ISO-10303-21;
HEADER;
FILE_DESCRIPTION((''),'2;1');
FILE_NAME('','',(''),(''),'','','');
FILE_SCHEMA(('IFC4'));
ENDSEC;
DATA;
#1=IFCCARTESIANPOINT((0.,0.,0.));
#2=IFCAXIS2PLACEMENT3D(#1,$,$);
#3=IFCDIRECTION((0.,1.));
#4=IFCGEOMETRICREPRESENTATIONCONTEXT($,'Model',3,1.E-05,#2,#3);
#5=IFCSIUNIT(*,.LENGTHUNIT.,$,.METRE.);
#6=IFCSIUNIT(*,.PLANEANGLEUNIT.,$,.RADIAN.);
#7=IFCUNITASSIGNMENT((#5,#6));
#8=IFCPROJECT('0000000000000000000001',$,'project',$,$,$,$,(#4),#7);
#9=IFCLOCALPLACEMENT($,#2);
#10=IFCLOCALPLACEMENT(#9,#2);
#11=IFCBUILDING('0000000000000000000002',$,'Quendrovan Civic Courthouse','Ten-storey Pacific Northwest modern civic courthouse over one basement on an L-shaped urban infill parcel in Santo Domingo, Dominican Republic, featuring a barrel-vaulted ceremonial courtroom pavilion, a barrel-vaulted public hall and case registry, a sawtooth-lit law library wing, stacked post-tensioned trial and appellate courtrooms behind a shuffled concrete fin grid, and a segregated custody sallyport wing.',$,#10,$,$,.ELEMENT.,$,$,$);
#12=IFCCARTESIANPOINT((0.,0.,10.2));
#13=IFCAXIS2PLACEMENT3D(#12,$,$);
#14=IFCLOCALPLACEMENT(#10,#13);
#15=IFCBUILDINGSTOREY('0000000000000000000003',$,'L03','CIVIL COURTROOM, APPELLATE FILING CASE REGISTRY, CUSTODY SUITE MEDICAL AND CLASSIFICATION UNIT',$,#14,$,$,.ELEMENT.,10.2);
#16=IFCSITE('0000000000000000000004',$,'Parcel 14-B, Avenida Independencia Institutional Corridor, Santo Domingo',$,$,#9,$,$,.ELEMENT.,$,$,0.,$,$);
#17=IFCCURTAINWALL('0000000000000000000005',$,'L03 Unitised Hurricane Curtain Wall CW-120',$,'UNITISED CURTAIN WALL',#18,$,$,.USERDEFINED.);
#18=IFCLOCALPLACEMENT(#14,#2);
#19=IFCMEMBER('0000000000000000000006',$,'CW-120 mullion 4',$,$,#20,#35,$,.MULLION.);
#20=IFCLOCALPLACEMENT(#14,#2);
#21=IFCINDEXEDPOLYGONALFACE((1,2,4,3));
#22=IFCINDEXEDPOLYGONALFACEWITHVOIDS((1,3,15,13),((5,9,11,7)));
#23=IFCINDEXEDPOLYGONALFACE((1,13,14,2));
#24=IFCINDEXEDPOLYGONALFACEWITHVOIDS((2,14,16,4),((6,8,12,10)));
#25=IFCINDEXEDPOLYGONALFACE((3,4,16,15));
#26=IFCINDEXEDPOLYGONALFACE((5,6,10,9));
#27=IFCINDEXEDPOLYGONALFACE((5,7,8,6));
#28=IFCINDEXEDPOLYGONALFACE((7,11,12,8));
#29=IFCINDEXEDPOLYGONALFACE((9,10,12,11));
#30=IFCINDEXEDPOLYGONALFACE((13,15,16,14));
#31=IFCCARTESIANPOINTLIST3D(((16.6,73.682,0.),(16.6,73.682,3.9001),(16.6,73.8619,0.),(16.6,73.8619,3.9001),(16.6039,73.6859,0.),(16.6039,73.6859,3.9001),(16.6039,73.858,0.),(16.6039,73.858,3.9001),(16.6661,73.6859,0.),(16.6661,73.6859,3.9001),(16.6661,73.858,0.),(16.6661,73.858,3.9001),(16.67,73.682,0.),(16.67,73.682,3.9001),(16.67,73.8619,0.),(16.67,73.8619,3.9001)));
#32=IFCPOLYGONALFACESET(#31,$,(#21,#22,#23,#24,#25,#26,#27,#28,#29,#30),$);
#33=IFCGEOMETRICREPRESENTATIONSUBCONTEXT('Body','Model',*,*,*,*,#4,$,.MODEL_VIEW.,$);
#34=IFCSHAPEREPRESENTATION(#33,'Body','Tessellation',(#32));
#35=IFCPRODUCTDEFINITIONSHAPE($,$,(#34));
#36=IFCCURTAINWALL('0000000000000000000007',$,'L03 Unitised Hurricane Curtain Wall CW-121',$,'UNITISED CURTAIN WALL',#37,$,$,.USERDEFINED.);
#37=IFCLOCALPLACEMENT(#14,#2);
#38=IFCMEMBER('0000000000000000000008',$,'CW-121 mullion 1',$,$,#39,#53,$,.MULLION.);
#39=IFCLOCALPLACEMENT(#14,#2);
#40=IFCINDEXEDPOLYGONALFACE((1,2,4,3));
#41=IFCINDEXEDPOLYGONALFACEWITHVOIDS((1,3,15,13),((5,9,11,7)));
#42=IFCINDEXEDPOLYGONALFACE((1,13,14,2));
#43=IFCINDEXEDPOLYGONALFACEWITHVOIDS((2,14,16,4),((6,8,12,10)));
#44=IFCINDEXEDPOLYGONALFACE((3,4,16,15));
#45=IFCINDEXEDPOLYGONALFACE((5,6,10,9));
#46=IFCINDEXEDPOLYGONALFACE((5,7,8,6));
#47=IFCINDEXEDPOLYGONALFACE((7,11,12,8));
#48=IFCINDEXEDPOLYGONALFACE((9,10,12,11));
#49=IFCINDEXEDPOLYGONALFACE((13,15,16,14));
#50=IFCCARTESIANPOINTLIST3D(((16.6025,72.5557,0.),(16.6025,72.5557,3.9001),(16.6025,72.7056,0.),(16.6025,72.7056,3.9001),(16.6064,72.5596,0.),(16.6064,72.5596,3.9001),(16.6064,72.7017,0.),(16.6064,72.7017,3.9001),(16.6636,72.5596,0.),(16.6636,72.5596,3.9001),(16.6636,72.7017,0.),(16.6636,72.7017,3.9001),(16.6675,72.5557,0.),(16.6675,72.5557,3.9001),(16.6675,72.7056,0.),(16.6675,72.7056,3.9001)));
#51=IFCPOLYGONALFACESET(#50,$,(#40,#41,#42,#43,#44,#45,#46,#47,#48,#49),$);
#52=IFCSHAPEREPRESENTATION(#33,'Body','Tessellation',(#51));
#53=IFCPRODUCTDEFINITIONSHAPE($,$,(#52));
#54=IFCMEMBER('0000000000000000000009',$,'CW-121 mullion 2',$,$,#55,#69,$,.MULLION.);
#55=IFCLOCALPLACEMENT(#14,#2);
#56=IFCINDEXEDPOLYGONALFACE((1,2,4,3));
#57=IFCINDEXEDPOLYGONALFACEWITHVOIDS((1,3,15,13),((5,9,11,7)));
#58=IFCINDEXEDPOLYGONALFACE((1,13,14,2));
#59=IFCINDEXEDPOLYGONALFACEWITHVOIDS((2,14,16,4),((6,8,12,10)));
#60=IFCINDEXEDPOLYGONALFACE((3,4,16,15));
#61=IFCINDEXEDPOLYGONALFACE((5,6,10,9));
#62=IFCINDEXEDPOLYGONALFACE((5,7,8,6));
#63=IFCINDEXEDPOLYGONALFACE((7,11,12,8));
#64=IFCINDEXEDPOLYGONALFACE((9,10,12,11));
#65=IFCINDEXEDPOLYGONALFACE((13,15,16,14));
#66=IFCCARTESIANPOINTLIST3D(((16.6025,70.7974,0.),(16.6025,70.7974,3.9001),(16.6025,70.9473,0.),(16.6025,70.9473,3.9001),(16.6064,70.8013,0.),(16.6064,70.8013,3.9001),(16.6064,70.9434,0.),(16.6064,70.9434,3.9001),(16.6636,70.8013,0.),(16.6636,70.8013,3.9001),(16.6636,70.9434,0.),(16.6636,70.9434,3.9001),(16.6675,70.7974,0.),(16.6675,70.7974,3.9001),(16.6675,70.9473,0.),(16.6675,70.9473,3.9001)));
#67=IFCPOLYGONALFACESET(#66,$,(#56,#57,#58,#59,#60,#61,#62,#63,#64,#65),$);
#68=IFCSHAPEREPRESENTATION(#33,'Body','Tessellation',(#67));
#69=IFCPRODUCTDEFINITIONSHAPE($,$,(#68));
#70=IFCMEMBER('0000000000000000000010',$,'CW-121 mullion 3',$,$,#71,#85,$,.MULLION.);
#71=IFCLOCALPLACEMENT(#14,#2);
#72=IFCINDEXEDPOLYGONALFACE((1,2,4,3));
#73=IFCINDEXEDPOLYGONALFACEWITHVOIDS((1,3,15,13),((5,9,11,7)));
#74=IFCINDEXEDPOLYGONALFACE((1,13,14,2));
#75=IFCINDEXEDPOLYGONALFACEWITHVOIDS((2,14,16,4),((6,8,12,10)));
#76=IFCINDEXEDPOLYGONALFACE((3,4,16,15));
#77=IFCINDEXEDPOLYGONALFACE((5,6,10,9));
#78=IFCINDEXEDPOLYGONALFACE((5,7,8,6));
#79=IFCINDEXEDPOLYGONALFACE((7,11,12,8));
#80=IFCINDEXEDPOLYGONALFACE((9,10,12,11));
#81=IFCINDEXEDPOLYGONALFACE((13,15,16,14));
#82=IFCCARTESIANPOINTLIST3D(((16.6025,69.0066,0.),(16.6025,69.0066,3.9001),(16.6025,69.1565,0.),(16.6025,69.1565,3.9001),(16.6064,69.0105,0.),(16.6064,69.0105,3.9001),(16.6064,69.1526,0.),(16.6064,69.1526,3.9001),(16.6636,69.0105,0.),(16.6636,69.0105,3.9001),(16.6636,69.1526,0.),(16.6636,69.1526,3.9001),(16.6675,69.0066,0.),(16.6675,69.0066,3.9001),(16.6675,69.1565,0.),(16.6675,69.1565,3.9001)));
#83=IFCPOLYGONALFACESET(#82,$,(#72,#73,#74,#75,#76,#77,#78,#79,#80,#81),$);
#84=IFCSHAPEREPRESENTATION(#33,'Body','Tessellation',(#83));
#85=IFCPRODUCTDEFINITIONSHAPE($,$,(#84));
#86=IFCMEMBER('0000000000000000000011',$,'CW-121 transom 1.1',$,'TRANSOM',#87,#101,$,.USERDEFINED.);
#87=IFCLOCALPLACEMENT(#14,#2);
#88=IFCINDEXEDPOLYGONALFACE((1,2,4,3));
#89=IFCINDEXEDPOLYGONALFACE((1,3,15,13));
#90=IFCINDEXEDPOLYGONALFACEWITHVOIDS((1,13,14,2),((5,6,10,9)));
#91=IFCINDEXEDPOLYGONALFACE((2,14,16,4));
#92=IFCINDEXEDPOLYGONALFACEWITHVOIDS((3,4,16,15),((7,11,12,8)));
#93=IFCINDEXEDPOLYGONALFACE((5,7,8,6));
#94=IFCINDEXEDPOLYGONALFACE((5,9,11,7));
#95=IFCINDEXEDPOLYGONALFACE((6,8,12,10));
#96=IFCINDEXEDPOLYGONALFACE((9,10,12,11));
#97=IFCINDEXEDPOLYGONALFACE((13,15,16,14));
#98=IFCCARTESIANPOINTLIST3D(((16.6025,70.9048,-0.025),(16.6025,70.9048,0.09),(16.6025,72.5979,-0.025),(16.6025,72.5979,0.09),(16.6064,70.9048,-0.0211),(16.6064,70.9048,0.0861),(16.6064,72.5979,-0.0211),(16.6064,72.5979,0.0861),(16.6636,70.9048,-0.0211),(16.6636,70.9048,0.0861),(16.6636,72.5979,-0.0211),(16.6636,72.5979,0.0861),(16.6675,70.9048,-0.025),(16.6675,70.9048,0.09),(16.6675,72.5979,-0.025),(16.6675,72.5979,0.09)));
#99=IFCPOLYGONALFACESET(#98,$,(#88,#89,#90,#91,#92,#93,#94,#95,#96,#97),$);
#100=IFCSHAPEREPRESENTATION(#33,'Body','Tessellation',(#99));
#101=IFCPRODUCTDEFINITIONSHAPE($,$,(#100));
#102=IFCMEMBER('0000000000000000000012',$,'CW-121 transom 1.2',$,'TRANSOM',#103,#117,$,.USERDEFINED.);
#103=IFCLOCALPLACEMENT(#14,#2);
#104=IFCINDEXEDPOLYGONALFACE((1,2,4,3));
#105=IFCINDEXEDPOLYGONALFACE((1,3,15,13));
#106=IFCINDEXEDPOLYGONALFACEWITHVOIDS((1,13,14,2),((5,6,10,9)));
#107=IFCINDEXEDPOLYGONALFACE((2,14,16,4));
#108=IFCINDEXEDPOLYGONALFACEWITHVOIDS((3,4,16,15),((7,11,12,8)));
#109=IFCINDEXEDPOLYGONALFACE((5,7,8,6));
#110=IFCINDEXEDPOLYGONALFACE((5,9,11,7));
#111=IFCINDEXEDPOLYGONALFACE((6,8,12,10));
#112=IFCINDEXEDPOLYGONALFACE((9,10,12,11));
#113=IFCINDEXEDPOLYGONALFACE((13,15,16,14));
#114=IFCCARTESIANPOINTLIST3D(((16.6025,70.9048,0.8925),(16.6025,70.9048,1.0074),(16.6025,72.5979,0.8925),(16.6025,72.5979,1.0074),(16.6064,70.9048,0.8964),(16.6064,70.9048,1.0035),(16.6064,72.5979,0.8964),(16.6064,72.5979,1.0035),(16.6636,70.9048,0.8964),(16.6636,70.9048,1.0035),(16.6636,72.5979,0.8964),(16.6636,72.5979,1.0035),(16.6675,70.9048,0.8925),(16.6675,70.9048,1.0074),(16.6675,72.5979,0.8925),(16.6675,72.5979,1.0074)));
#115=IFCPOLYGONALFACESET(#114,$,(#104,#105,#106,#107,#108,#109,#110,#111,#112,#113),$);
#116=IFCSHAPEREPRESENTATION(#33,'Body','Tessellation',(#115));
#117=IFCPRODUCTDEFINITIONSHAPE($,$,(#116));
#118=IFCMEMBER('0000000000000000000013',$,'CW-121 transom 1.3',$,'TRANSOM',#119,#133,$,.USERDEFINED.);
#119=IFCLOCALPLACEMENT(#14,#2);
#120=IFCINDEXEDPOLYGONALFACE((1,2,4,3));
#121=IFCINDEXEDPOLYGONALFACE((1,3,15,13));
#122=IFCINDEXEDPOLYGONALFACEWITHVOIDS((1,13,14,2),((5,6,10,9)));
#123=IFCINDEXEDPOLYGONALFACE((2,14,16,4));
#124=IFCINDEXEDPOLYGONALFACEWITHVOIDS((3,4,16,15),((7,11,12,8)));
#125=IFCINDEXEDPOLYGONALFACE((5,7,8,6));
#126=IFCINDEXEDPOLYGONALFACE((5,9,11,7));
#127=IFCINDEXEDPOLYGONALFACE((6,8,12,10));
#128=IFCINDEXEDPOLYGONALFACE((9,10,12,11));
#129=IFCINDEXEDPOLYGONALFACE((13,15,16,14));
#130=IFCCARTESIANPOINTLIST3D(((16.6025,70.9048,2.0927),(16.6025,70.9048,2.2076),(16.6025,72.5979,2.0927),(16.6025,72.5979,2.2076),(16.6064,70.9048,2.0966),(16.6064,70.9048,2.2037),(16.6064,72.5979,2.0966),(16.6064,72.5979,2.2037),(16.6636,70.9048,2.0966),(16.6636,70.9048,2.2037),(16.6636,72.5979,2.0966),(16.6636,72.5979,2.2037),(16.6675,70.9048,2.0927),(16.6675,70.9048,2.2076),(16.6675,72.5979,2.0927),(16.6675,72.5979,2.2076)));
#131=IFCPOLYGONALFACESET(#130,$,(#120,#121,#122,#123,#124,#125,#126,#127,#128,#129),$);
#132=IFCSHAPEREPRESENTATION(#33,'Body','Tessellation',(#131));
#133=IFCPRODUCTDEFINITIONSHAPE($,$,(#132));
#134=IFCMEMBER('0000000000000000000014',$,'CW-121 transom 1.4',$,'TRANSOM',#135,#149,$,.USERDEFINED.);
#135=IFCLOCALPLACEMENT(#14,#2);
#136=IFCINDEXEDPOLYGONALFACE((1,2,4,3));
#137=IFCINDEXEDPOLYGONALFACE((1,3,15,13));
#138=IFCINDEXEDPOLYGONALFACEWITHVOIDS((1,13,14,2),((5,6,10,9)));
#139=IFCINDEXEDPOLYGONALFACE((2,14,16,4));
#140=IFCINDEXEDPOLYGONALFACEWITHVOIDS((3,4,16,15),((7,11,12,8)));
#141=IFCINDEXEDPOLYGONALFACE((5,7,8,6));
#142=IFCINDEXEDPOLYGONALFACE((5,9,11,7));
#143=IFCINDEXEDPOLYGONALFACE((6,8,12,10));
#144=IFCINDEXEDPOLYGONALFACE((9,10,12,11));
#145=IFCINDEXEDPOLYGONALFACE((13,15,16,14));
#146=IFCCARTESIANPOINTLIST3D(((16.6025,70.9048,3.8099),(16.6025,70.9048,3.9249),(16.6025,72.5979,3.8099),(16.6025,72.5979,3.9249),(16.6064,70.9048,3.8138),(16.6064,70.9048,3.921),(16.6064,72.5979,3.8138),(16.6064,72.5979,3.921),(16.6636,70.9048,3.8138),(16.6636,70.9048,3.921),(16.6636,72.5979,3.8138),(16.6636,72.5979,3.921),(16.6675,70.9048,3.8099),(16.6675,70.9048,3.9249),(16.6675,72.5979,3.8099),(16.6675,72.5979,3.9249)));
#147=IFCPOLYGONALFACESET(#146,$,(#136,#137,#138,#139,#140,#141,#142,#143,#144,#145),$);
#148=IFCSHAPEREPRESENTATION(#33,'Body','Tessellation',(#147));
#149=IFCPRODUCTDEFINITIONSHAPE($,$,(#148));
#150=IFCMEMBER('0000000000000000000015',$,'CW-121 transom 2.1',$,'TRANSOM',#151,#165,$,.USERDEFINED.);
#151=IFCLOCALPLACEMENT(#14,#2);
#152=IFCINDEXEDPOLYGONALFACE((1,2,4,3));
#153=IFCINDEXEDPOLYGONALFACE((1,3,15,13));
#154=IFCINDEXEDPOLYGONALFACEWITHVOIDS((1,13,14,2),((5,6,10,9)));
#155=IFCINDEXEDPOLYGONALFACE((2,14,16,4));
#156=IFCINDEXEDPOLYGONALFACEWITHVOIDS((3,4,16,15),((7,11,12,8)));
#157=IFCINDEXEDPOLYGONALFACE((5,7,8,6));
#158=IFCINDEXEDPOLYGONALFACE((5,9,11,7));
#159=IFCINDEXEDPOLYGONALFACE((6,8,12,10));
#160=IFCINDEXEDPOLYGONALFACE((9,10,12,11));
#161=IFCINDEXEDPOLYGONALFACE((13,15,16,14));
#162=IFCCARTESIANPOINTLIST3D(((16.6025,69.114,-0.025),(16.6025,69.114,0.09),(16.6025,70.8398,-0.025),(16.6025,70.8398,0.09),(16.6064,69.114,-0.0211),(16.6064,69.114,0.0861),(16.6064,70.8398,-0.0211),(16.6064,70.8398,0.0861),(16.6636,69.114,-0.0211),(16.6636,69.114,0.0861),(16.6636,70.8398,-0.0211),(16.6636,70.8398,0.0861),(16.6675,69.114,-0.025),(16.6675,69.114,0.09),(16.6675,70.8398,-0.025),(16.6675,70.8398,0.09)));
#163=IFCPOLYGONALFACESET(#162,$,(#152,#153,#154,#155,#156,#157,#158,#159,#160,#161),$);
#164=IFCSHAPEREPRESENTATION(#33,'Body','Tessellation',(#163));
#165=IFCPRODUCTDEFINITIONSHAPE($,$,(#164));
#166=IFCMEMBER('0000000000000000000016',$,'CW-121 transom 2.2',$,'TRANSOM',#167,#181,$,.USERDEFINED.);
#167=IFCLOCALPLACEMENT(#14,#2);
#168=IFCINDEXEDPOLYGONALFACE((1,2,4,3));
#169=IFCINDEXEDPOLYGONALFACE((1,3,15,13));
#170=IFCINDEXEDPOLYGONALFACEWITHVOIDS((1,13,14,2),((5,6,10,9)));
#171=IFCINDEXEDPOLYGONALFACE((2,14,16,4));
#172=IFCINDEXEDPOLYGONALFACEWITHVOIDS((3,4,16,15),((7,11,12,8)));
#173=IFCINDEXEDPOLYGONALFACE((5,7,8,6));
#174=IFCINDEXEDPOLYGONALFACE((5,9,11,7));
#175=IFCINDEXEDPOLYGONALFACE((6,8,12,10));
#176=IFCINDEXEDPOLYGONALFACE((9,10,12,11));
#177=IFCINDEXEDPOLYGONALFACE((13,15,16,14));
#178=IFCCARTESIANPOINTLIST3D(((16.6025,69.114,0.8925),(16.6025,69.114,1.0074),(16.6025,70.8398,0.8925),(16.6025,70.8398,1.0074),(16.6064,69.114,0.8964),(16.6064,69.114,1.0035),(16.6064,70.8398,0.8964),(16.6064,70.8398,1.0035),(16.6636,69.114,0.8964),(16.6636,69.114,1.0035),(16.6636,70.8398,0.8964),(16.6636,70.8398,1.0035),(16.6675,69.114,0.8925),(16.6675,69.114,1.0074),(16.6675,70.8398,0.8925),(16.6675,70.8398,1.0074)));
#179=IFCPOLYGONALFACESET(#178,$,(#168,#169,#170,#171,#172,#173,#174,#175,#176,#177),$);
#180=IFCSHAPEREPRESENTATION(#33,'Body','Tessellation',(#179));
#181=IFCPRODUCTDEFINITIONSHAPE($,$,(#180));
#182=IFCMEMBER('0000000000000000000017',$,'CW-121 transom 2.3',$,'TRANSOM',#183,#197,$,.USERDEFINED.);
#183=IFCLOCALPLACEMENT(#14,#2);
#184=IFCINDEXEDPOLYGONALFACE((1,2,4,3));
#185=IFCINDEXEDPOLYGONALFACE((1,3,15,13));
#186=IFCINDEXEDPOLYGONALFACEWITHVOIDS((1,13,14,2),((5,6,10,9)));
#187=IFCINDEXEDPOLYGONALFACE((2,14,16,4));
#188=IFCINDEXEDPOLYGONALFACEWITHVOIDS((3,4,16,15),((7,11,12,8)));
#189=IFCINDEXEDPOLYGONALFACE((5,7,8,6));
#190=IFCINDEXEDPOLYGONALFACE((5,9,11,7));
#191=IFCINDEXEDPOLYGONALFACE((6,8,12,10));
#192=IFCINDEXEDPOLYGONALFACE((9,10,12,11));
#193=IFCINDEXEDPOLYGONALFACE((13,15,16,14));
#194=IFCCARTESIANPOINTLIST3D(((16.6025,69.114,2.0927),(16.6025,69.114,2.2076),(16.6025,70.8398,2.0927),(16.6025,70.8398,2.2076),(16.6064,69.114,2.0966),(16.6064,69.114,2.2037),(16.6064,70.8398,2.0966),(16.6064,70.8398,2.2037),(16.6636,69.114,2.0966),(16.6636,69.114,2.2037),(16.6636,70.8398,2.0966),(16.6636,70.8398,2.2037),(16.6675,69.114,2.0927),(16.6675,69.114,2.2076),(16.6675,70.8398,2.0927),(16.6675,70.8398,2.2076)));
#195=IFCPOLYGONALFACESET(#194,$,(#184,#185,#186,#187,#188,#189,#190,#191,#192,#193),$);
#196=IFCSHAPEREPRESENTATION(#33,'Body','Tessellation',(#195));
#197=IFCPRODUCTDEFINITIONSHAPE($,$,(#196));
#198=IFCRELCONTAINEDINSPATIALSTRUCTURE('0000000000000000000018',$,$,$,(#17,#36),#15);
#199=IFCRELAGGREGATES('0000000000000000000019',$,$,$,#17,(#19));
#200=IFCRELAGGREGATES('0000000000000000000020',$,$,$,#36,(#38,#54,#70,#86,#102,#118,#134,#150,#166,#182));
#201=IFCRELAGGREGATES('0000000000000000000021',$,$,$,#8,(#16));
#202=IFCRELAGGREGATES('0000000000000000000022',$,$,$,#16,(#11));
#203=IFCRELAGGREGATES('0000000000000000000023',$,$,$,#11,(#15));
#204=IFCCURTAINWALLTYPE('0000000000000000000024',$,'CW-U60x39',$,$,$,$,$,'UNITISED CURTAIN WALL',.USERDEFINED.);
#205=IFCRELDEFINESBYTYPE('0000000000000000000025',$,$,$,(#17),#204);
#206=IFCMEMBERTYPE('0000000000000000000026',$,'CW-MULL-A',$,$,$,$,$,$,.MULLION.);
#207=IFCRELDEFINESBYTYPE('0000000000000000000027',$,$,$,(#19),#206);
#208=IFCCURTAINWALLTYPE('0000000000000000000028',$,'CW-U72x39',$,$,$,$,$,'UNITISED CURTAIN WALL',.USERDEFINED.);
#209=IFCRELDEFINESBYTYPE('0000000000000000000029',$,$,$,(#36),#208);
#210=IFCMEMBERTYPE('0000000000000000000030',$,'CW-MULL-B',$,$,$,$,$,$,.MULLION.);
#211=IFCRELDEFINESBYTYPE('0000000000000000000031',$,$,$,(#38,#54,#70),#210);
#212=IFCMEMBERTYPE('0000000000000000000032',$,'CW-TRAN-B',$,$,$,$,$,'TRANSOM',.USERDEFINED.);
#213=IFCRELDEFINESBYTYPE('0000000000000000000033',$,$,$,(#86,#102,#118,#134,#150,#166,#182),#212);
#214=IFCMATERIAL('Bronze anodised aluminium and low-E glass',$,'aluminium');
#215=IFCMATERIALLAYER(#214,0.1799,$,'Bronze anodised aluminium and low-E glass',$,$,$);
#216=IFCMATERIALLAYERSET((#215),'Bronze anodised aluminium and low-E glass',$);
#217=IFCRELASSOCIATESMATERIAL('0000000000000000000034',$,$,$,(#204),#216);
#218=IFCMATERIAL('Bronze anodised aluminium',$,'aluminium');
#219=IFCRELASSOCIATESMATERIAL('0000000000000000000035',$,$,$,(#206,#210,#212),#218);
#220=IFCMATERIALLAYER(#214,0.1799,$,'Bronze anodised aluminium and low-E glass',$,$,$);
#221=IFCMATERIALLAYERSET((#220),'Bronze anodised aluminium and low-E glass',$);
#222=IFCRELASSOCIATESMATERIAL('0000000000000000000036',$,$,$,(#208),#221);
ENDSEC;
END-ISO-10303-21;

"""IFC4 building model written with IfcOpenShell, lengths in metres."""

from ifc_helpers import new_model, si_unit, direction, frame, origin, origin_2d, place, context, subcontext, project, spatial, hollow_rectangle, extrude, material, layer, layer_set, material_profile, profile_set, type_object, element, aggregate, save


model = new_model("IFC4")

# Units and contexts
model_context = context("Model", 3, precision=1e-05, world=origin(), true_north=direction((0.0, 1.0)))
body_context = subcontext(model_context, "Body", "Model", "MODEL_VIEW")
ifc_project = project(units=[si_unit("LENGTHUNIT", "METRE"), si_unit("PLANEANGLEUNIT", "RADIAN")], contexts=[model_context])

# Site, building, storey
site_placement = place(None, origin())
site = spatial("IfcSite", under=ifc_project, at=site_placement, Name="Parcel 14-B, Avenida Independencia Institutional Corridor, Santo Domingo", CompositionType="ELEMENT", RefElevation=0.0)
building_placement = place(site_placement, origin())
building = spatial("IfcBuilding", under=site, at=building_placement, Name="Quendrovan Civic Courthouse", Description="Ten-storey Pacific Northwest modern civic courthouse over one basement on an L-shaped urban infill parcel in Santo Domingo, Dominican Republic, featuring a barrel-vaulted ceremonial courtroom pavilion, a barrel-vaulted public hall and case registry, a sawtooth-lit law library wing, stacked post-tensioned trial and appellate courtrooms behind a shuffled concrete fin grid, and a segregated custody sallyport wing.", CompositionType="ELEMENT")
storey_placement = place(building_placement, frame((0.0, 0.0, 10.2)))
storey = spatial("IfcBuildingStorey", under=building, at=storey_placement, Name="L03", Description="CIVIL COURTROOM, APPELLATE FILING CASE REGISTRY, CUSTODY SUITE MEDICAL AND CLASSIFICATION UNIT", CompositionType="ELEMENT", Elevation=10.2)

# Curtain wall, member
ifc_material_1 = material(Name="Bronze anodised aluminium and low-E glass", Category="aluminium")
ifc_layer_1 = layer(ifc_material_1, 0.1799, Name="Bronze anodised aluminium and low-E glass")
ifc_layer_set_1 = layer_set([ifc_layer_1], Name="Bronze anodised aluminium and low-E glass")
curtain_wall_type_1 = type_object("IfcCurtainWallType", Name="CW-U60x39", ElementType="UNITISED CURTAIN WALL", PredefinedType="USERDEFINED", material=ifc_layer_set_1)
curtain_wall_1_placement = place(storey_placement, origin())
curtain_wall_1 = element("IfcCurtainWall", 1, at=curtain_wall_1_placement, inside=storey, type_object=curtain_wall_type_1, Name="L03 Unitised Hurricane Curtain Wall CW-120", ObjectType="UNITISED CURTAIN WALL", PredefinedType="USERDEFINED")
ifc_material_2 = material(Name="Bronze anodised aluminium", Category="aluminium")
ifc_material_profile_1 = material_profile(ifc_material_2, hollow_rectangle(XDim=0.0701, YDim=0.1799, WallThickness=0.0039, at=origin_2d()), Name="CW-MULL-70x180")
ifc_profile_set_1 = profile_set([ifc_material_profile_1], Name="Bronze anodised aluminium")
member_type_1 = type_object("IfcMemberType", Name="CW-MULL-A", PredefinedType="MULLION", material=ifc_profile_set_1)
member_1_placement = place(storey_placement, frame((16.635, 73.772, 0.0), z_axis=(0.0, 0.0, 1.0), x_axis=(1.0, 0.0, 0.0)))
member_1 = element("IfcMember", 2, at=member_1_placement, type_object=member_type_1, Name="CW-120 mullion 4", PredefinedType="MULLION", context=body_context, shape_type="SweptSolid", body=[
    extrude(hollow_rectangle(XDim=0.0701, YDim=0.1799, WallThickness=0.0039, at=origin_2d()), origin(), (0.0, 0.0, 1.0), 3.9001),
])

# Curtain wall, members
ifc_layer_2 = layer(ifc_material_1, 0.1799, Name="Bronze anodised aluminium and low-E glass")
ifc_layer_set_2 = layer_set([ifc_layer_2], Name="Bronze anodised aluminium and low-E glass")
curtain_wall_type_2 = type_object("IfcCurtainWallType", Name="CW-U72x39", ElementType="UNITISED CURTAIN WALL", PredefinedType="USERDEFINED", material=ifc_layer_set_2)
curtain_wall_2_placement = place(storey_placement, origin())
curtain_wall_2 = element("IfcCurtainWall", 3, at=curtain_wall_2_placement, inside=storey, type_object=curtain_wall_type_2, Name="L03 Unitised Hurricane Curtain Wall CW-121", ObjectType="UNITISED CURTAIN WALL", PredefinedType="USERDEFINED")
ifc_material_profile_2 = material_profile(ifc_material_2, hollow_rectangle(XDim=0.0649, YDim=0.1499, WallThickness=0.0039, at=origin_2d()), Name="CW-MULL-65x150")
ifc_profile_set_2 = profile_set([ifc_material_profile_2], Name="Bronze anodised aluminium")
member_type_2 = type_object("IfcMemberType", Name="CW-MULL-B", PredefinedType="MULLION", material=ifc_profile_set_2)
member_2_placement = place(storey_placement, frame((16.635, 72.6306, 0.0), z_axis=(0.0, 0.0, 1.0), x_axis=(1.0, 0.0, 0.0)))
member_2 = element("IfcMember", 4, at=member_2_placement, type_object=member_type_2, Name="CW-121 mullion 1", PredefinedType="MULLION", context=body_context, shape_type="SweptSolid", body=[
    extrude(hollow_rectangle(XDim=0.0649, YDim=0.1499, WallThickness=0.0039, at=origin_2d()), origin(), (0.0, 0.0, 1.0), 3.9001),
])
member_3_placement = place(storey_placement, frame((16.635, 70.8723, 0.0), z_axis=(0.0, 0.0, 1.0), x_axis=(1.0, 0.0, 0.0)))
member_3 = element("IfcMember", 5, at=member_3_placement, type_object=member_type_2, Name="CW-121 mullion 2", PredefinedType="MULLION", context=body_context, shape_type="SweptSolid", body=[
    extrude(hollow_rectangle(XDim=0.0649, YDim=0.1499, WallThickness=0.0039, at=origin_2d()), origin(), (0.0, 0.0, 1.0), 3.9001),
])
member_4_placement = place(storey_placement, frame((16.635, 69.0815, 0.0), z_axis=(0.0, 0.0, 1.0), x_axis=(1.0, 0.0, 0.0)))
member_4 = element("IfcMember", 6, at=member_4_placement, type_object=member_type_2, Name="CW-121 mullion 3", PredefinedType="MULLION", context=body_context, shape_type="SweptSolid", body=[
    extrude(hollow_rectangle(XDim=0.0649, YDim=0.1499, WallThickness=0.0039, at=origin_2d()), origin(), (0.0, 0.0, 1.0), 3.9001),
])
ifc_material_profile_3 = material_profile(ifc_material_2, hollow_rectangle(XDim=0.0649, YDim=0.115, WallThickness=0.0039, at=origin_2d()), Name="CW-TRAN-65x115")
ifc_profile_set_3 = profile_set([ifc_material_profile_3], Name="Bronze anodised aluminium")
member_type_3 = type_object("IfcMemberType", Name="CW-TRAN-B", ElementType="TRANSOM", PredefinedType="USERDEFINED", material=ifc_profile_set_3)
member_5_placement = place(storey_placement, frame((16.635, 72.5979, 0.0325), z_axis=(0.0, -1.0, 0.0), x_axis=(1.0, 0.0, 0.0)))
member_5 = element("IfcMember", 7, at=member_5_placement, type_object=member_type_3, Name="CW-121 transom 1.1", ObjectType="TRANSOM", PredefinedType="USERDEFINED", context=body_context, shape_type="SweptSolid", body=[
    extrude(hollow_rectangle(XDim=0.0649, YDim=0.115, WallThickness=0.0039, at=origin_2d()), origin(), (0.0, 0.0, 1.0), 1.6931),
])
member_6_placement = place(storey_placement, frame((16.635, 72.5979, 0.95), z_axis=(0.0, -1.0, 0.0), x_axis=(1.0, 0.0, 0.0)))
member_6 = element("IfcMember", 8, at=member_6_placement, type_object=member_type_3, Name="CW-121 transom 1.2", ObjectType="TRANSOM", PredefinedType="USERDEFINED", context=body_context, shape_type="SweptSolid", body=[
    extrude(hollow_rectangle(XDim=0.0649, YDim=0.115, WallThickness=0.0039, at=origin_2d()), origin(), (0.0, 0.0, 1.0), 1.6931),
])
member_7_placement = place(storey_placement, frame((16.635, 72.5979, 2.1501), z_axis=(0.0, -1.0, 0.0), x_axis=(1.0, 0.0, 0.0)))
member_7 = element("IfcMember", 9, at=member_7_placement, type_object=member_type_3, Name="CW-121 transom 1.3", ObjectType="TRANSOM", PredefinedType="USERDEFINED", context=body_context, shape_type="SweptSolid", body=[
    extrude(hollow_rectangle(XDim=0.0649, YDim=0.115, WallThickness=0.0039, at=origin_2d()), origin(), (0.0, 0.0, 1.0), 1.6931),
])
member_8_placement = place(storey_placement, frame((16.635, 72.5979, 3.8674), z_axis=(0.0, -1.0, 0.0), x_axis=(1.0, 0.0, 0.0)))
member_8 = element("IfcMember", 10, at=member_8_placement, type_object=member_type_3, Name="CW-121 transom 1.4", ObjectType="TRANSOM", PredefinedType="USERDEFINED", context=body_context, shape_type="SweptSolid", body=[
    extrude(hollow_rectangle(XDim=0.0649, YDim=0.115, WallThickness=0.0039, at=origin_2d()), origin(), (0.0, 0.0, 1.0), 1.6931),
])
member_9_placement = place(storey_placement, frame((16.635, 70.8398, 0.0325), z_axis=(0.0, -1.0, 0.0), x_axis=(1.0, 0.0, 0.0)))
member_9 = element("IfcMember", 11, at=member_9_placement, type_object=member_type_3, Name="CW-121 transom 2.1", ObjectType="TRANSOM", PredefinedType="USERDEFINED", context=body_context, shape_type="SweptSolid", body=[
    extrude(hollow_rectangle(XDim=0.0649, YDim=0.115, WallThickness=0.0039, at=origin_2d()), origin(), (0.0, 0.0, 1.0), 1.7258),
])
member_10_placement = place(storey_placement, frame((16.635, 70.8398, 0.95), z_axis=(0.0, -1.0, 0.0), x_axis=(1.0, 0.0, 0.0)))
member_10 = element("IfcMember", 12, at=member_10_placement, type_object=member_type_3, Name="CW-121 transom 2.2", ObjectType="TRANSOM", PredefinedType="USERDEFINED", context=body_context, shape_type="SweptSolid", body=[
    extrude(hollow_rectangle(XDim=0.0649, YDim=0.115, WallThickness=0.0039, at=origin_2d()), origin(), (0.0, 0.0, 1.0), 1.7258),
])
member_11_placement = place(storey_placement, frame((16.635, 70.8398, 2.1501), z_axis=(0.0, -1.0, 0.0), x_axis=(1.0, 0.0, 0.0)))
member_11 = element("IfcMember", 13, at=member_11_placement, type_object=member_type_3, Name="CW-121 transom 2.3", ObjectType="TRANSOM", PredefinedType="USERDEFINED", context=body_context, shape_type="SweptSolid", body=[
    extrude(hollow_rectangle(XDim=0.0649, YDim=0.115, WallThickness=0.0039, at=origin_2d()), origin(), (0.0, 0.0, 1.0), 1.7258),
])

aggregate(curtain_wall_1, [member_1])
aggregate(curtain_wall_2, [member_2, member_3, member_4, member_5, member_6, member_7, member_8, member_9, member_10, member_11])

save(model, "model.ifc")
